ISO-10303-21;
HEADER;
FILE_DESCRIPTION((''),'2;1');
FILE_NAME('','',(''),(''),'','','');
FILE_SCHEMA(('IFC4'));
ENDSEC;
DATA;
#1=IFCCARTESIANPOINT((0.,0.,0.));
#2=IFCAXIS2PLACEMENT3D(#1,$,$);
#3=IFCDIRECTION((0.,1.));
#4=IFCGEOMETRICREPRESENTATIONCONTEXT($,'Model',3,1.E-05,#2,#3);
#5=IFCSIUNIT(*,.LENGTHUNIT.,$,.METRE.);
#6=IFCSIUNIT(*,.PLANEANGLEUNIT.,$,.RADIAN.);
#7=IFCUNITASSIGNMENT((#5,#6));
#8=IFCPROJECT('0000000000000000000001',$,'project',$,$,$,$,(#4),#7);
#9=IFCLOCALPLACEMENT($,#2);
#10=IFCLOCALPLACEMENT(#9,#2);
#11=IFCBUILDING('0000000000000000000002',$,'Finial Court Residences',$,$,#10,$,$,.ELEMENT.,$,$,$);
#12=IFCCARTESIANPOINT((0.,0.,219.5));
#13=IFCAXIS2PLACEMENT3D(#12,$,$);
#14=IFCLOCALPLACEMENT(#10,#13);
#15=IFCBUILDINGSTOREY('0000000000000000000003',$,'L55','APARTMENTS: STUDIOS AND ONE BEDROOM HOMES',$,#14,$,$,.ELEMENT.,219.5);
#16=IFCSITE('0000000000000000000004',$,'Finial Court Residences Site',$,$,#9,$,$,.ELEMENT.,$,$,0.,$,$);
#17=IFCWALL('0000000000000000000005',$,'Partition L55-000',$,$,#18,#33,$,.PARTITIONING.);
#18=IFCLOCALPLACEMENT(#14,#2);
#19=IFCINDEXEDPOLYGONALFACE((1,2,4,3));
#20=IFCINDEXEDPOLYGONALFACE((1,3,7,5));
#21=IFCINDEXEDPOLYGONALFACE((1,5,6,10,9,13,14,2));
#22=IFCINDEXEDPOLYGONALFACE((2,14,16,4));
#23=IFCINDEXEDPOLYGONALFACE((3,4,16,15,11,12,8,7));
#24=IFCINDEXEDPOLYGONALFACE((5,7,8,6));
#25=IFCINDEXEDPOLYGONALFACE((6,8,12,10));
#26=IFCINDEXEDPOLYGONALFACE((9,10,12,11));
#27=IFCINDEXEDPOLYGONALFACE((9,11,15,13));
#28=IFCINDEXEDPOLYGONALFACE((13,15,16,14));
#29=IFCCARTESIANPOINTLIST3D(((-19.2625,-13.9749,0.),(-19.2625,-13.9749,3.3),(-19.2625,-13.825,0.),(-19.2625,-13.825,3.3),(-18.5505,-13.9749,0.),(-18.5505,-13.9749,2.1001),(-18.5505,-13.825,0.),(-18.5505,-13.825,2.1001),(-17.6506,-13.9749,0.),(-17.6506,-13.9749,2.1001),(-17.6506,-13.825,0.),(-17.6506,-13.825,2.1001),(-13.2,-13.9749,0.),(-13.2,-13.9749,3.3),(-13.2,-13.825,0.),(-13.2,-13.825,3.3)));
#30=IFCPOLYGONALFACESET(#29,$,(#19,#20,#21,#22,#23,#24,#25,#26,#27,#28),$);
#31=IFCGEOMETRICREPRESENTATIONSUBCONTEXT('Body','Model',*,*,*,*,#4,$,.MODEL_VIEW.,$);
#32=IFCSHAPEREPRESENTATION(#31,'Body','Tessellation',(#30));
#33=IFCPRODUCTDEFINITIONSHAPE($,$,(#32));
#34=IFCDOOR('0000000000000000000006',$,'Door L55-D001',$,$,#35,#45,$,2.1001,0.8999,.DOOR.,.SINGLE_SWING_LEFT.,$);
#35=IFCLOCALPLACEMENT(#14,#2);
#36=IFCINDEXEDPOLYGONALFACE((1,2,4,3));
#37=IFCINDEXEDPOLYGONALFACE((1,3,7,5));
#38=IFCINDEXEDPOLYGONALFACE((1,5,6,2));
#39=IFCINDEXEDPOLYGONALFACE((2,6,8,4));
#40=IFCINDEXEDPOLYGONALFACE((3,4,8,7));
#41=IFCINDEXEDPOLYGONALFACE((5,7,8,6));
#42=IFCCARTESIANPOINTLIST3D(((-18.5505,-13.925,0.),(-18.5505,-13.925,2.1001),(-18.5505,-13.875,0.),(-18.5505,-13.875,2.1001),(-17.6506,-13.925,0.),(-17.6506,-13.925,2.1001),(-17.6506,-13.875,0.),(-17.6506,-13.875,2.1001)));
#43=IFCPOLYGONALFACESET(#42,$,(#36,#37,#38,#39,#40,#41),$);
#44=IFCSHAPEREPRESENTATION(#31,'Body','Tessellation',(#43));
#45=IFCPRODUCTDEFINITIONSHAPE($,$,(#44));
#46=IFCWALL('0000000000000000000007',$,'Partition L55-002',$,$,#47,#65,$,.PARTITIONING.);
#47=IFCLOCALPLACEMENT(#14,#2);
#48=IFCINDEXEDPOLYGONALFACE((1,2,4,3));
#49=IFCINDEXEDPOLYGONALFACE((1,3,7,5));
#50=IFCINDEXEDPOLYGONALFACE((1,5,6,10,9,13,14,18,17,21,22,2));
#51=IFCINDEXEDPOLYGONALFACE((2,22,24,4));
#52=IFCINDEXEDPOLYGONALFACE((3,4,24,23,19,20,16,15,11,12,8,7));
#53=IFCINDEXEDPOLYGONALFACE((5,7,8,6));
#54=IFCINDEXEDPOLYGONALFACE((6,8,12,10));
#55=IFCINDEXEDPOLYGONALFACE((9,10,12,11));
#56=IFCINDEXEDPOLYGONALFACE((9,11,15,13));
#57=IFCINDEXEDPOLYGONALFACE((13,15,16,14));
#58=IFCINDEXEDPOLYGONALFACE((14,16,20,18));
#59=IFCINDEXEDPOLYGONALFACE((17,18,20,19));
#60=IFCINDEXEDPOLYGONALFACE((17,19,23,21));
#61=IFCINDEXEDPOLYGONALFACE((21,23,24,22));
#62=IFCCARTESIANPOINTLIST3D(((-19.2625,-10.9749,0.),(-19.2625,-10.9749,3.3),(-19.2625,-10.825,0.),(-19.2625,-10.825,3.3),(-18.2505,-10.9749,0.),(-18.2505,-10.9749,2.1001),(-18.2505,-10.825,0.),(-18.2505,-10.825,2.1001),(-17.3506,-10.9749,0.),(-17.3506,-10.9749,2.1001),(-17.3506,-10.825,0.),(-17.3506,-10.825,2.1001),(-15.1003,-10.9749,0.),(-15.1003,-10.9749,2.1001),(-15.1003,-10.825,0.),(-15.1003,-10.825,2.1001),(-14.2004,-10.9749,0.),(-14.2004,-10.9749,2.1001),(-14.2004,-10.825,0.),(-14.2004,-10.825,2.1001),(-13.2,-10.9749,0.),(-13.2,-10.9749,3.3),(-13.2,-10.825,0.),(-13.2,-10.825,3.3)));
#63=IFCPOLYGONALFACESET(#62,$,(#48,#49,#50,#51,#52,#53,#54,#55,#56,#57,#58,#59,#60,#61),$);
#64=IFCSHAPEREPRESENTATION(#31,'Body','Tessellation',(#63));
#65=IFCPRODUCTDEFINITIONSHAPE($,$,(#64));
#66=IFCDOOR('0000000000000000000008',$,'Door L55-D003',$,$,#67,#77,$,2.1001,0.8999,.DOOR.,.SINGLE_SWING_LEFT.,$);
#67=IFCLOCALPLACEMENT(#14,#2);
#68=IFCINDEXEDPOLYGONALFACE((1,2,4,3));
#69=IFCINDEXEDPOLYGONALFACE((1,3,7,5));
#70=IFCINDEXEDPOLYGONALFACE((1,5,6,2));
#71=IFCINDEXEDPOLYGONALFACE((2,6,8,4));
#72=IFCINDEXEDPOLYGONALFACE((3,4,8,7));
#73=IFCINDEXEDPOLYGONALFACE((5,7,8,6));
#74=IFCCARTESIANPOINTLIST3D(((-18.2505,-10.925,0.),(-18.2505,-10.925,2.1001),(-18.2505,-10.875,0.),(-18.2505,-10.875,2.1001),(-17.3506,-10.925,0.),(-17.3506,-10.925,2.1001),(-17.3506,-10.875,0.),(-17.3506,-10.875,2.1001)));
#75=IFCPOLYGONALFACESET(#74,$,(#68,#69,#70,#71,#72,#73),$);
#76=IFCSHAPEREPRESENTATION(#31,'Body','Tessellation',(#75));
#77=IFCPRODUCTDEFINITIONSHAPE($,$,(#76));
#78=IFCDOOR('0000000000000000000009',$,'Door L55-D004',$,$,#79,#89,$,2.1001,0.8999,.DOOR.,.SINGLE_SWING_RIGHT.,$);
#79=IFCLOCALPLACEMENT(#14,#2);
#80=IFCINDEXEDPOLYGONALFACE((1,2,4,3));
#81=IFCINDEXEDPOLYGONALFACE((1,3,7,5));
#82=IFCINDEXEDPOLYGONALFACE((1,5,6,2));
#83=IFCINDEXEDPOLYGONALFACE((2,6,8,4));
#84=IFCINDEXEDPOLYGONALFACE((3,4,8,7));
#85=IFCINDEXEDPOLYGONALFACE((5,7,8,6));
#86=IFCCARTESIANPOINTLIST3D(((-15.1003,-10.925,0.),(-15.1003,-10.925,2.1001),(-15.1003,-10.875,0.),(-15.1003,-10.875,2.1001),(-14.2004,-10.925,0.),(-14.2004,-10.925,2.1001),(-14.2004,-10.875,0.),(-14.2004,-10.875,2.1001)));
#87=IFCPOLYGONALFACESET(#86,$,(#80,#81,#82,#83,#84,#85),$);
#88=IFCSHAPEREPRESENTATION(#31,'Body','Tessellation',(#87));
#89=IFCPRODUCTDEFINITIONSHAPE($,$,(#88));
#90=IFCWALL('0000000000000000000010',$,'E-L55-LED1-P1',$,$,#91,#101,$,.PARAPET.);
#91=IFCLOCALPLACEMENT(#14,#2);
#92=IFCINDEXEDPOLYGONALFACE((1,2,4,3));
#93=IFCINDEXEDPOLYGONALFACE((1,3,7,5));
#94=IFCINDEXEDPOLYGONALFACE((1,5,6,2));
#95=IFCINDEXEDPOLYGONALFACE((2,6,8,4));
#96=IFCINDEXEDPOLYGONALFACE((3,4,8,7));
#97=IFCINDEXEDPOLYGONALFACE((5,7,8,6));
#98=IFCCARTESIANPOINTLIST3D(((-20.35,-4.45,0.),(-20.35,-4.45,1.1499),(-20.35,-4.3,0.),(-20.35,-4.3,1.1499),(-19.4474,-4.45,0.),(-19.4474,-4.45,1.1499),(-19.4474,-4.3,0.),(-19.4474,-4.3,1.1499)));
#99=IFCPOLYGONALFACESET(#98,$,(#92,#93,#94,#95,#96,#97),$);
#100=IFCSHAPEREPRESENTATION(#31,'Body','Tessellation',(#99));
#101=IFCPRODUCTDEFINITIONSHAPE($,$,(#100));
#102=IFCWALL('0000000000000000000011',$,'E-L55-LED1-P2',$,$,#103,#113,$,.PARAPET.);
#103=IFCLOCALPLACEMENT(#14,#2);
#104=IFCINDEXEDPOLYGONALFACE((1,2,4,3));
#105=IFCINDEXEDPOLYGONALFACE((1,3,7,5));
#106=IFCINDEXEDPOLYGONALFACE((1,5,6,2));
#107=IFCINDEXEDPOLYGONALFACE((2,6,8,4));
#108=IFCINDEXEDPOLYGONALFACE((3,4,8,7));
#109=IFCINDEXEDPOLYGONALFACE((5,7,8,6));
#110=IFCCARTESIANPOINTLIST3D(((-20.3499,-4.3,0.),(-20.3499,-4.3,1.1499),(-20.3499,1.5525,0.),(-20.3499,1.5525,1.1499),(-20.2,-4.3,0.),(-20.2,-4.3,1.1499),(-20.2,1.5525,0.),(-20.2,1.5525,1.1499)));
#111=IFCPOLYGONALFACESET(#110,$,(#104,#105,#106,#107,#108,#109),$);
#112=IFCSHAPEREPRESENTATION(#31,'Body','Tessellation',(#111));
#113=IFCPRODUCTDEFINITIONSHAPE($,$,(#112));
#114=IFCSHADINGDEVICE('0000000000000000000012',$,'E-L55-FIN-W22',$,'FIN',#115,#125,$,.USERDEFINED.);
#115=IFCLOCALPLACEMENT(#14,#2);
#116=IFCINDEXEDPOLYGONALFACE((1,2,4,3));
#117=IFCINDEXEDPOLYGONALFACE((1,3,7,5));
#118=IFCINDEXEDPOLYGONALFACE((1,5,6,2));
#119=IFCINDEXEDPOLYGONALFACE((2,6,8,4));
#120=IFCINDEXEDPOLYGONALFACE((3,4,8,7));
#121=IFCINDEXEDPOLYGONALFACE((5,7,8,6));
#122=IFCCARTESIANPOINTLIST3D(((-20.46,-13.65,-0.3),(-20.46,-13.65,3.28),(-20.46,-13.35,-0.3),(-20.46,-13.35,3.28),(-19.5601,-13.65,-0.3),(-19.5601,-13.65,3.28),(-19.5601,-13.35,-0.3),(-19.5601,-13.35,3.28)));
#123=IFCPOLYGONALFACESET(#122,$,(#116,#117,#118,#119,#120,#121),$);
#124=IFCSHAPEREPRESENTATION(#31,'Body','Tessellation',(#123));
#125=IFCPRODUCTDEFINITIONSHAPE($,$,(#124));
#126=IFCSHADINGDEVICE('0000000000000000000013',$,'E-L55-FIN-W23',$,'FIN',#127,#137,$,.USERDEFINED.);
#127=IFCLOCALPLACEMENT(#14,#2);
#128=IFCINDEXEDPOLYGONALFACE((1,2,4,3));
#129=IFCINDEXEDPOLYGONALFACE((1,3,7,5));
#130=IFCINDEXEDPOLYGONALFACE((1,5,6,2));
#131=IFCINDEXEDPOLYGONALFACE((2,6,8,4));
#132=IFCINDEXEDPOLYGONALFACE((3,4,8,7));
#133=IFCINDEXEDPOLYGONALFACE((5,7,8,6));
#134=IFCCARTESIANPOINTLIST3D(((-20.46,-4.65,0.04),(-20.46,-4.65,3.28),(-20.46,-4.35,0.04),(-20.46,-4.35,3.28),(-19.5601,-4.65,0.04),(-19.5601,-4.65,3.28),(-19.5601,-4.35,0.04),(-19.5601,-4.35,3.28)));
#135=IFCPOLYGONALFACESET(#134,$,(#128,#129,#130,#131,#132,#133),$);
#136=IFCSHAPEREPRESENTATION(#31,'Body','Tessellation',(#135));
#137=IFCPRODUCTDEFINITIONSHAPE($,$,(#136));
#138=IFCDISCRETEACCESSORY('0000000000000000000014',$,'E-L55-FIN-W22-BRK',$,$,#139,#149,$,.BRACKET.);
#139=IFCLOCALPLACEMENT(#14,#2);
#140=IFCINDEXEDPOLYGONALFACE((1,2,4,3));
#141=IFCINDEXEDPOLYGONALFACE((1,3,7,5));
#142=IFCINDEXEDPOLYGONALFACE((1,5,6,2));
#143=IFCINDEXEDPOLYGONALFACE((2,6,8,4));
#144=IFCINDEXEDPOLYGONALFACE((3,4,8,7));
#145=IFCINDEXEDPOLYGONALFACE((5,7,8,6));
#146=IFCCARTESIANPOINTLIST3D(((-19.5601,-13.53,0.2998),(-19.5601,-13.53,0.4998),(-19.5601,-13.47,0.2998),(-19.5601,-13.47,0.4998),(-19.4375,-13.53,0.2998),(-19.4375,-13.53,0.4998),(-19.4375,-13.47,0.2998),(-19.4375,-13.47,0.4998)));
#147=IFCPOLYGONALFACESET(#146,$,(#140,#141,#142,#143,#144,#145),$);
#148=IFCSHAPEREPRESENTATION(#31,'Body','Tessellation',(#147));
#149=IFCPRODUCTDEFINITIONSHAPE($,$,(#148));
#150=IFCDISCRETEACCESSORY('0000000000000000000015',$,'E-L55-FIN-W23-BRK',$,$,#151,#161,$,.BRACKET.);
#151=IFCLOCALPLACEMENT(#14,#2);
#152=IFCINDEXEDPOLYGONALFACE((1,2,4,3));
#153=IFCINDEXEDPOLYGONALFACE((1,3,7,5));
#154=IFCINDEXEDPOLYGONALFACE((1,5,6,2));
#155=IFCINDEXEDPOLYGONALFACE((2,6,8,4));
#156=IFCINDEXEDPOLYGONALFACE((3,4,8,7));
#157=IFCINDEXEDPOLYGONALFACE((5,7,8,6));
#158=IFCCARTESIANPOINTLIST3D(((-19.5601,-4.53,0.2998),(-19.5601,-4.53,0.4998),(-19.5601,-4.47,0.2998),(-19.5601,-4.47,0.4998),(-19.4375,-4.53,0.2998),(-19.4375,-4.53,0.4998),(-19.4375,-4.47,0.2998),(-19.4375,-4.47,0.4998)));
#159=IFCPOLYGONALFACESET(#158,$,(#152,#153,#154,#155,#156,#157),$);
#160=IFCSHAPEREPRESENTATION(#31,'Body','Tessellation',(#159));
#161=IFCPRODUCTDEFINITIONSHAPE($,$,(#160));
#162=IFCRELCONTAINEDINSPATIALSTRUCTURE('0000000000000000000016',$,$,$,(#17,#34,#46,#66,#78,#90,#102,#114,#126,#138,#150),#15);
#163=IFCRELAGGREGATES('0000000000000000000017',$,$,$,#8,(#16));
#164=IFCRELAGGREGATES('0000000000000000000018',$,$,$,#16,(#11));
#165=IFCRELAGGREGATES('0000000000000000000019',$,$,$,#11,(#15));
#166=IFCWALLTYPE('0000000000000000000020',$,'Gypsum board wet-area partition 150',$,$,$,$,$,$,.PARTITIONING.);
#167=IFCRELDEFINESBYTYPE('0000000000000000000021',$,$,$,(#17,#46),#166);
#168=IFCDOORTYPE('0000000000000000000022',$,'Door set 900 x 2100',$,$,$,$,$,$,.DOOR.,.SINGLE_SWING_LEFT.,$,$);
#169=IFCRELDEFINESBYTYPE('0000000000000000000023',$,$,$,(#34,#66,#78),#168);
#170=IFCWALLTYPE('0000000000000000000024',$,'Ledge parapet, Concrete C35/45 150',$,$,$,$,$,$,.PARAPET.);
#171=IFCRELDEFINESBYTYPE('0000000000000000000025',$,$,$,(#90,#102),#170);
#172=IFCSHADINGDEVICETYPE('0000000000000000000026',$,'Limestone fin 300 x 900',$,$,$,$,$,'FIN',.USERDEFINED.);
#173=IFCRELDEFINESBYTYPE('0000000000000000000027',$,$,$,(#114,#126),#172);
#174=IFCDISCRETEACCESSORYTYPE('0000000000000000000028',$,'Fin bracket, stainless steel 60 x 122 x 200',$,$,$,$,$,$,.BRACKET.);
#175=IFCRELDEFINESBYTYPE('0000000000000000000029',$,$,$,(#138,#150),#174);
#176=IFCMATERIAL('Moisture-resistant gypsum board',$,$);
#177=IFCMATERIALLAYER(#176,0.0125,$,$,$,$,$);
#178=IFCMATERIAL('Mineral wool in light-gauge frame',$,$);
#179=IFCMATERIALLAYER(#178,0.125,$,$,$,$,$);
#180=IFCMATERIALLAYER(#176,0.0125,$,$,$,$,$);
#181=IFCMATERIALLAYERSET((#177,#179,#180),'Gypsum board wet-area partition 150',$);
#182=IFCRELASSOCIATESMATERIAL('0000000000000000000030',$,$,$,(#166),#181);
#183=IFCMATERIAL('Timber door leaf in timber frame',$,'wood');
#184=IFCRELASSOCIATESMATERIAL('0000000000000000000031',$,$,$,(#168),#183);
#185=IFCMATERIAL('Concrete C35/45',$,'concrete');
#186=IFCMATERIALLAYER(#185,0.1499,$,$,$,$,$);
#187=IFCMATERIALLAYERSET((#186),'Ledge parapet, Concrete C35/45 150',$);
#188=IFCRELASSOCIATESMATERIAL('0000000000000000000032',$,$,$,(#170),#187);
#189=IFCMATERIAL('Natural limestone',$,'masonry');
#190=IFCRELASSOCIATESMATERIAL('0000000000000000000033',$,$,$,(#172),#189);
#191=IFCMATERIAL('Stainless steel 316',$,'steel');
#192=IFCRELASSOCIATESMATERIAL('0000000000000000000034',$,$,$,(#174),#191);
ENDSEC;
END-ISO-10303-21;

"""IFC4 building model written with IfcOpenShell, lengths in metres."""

from ifc_helpers import new_model, si_unit, direction, frame, frame_2d, origin, origin_2d, place, context, subcontext, project, spatial, rectangle, extrude, material, layer, layer_set, type_object, element, fill, save


model = new_model("IFC4")

# Units and contexts
model_context = context("Model", 3, precision=1e-05, world=origin(), true_north=direction((0.0, 1.0)))
body_context = subcontext(model_context, "Body", "Model", "MODEL_VIEW")
ifc_project = project(units=[si_unit("LENGTHUNIT", "METRE"), si_unit("PLANEANGLEUNIT", "RADIAN")], contexts=[model_context])

# Site, building, storey
site_placement = place(None, origin())
site = spatial("IfcSite", under=ifc_project, at=site_placement, Name="Finial Court Residences Site", CompositionType="ELEMENT", RefElevation=0.0)
building_placement = place(site_placement, origin())
building = spatial("IfcBuilding", under=site, at=building_placement, Name="Finial Court Residences", CompositionType="ELEMENT")
storey_placement = place(building_placement, frame((0.0, 0.0, 219.5)))
storey = spatial("IfcBuildingStorey", under=building, at=storey_placement, Name="L55", Description="APARTMENTS: STUDIOS AND ONE BEDROOM HOMES", CompositionType="ELEMENT", Elevation=219.5)

# Wall, opening, door
ifc_material_1 = material(Name="Moisture-resistant gypsum board")
ifc_layer_1 = layer(ifc_material_1, 0.0125)
ifc_material_2 = material(Name="Mineral wool in light-gauge frame")
ifc_layer_2 = layer(ifc_material_2, 0.125)
ifc_layer_3 = layer(ifc_material_1, 0.0125)
ifc_layer_set_1 = layer_set([ifc_layer_1, ifc_layer_2, ifc_layer_3], Name="Gypsum board wet-area partition 150")
wall_type_1 = type_object("IfcWallType", Name="Gypsum board wet-area partition 150", PredefinedType="PARTITIONING", material=ifc_layer_set_1)
wall_1_placement = place(storey_placement, frame((-19.2625, -13.8999, 0.0), z_axis=(0.0, 0.0, 1.0), x_axis=(1.0, 0.0, 0.0)))
wall_1 = element("IfcWall", 1, at=wall_1_placement, inside=storey, type_object=wall_type_1, Name="Partition L55-000", PredefinedType="PARTITIONING", context=body_context, shape_type="SweptSolid", body=[
    extrude(rectangle(XDim=6.0625, YDim=0.1499, at=frame_2d((3.0312, 0.0))), origin(), (0.0, 0.0, 1.0), 3.3),
])
opening_1_placement = place(wall_1_placement, frame((0.7119, 0.0, 0.0)))
opening_1 = element("IfcOpeningElement", 2, at=opening_1_placement, cuts=wall_1, PredefinedType="OPENING", context=body_context, shape_type="SweptSolid", body=[
    extrude(rectangle(XDim=0.8999, YDim=2.1001, at=frame_2d((0.45, 1.05))), frame((0.0, 0.085, 0.0), z_axis=(0.0, -1.0, 0.0), x_axis=(1.0, 0.0, 0.0)), (0.0, 0.0, 1.0), 0.1699),
])
ifc_material_3 = material(Name="Timber door leaf in timber frame", Category="wood")
door_type_1 = type_object("IfcDoorType", Name="Door set 900 x 2100", OperationType="SINGLE_SWING_LEFT", PredefinedType="DOOR", material=ifc_material_3)
door_1_placement = place(opening_1_placement, origin())
door_1 = element("IfcDoor", 3, at=door_1_placement, inside=storey, type_object=door_type_1, Name="Door L55-D001", OperationType="SINGLE_SWING_LEFT", OverallHeight=2.1001, OverallWidth=0.8999, PredefinedType="DOOR", context=body_context, shape_type="SweptSolid", body=[
    extrude(rectangle(XDim=0.8999, YDim=2.1001, at=frame_2d((0.45, 1.05))), frame((0.0, 0.0249, 0.0), z_axis=(0.0, -1.0, 0.0), x_axis=(1.0, 0.0, 0.0)), (0.0, 0.0, 1.0), 0.05),
])
fill(opening_1, door_1)

# Wall, openings, doors
wall_2_placement = place(storey_placement, frame((-19.2625, -10.8999, 0.0), z_axis=(0.0, 0.0, 1.0), x_axis=(1.0, 0.0, 0.0)))
wall_2 = element("IfcWall", 4, at=wall_2_placement, inside=storey, type_object=wall_type_1, Name="Partition L55-002", PredefinedType="PARTITIONING", context=body_context, shape_type="SweptSolid", body=[
    extrude(rectangle(XDim=6.0625, YDim=0.1499, at=frame_2d((3.0312, 0.0))), origin(), (0.0, 0.0, 1.0), 3.3),
])
opening_2_placement = place(wall_2_placement, frame((1.012, 0.0, 0.0)))
opening_2 = element("IfcOpeningElement", 5, at=opening_2_placement, cuts=wall_2, PredefinedType="OPENING", context=body_context, shape_type="SweptSolid", body=[
    extrude(rectangle(XDim=0.8999, YDim=2.1001, at=frame_2d((0.45, 1.05))), frame((0.0, 0.085, 0.0), z_axis=(0.0, -1.0, 0.0), x_axis=(1.0, 0.0, 0.0)), (0.0, 0.0, 1.0), 0.1699),
])
opening_3_placement = place(wall_2_placement, frame((4.1621, 0.0, 0.0)))
opening_3 = element("IfcOpeningElement", 6, at=opening_3_placement, cuts=wall_2, PredefinedType="OPENING", context=body_context, shape_type="SweptSolid", body=[
    extrude(rectangle(XDim=0.8999, YDim=2.1001, at=frame_2d((0.45, 1.05))), frame((0.0, 0.085, 0.0), z_axis=(0.0, -1.0, 0.0), x_axis=(1.0, 0.0, 0.0)), (0.0, 0.0, 1.0), 0.1699),
])
door_2_placement = place(opening_2_placement, origin())
door_2 = element("IfcDoor", 7, at=door_2_placement, inside=storey, type_object=door_type_1, Name="Door L55-D003", OperationType="SINGLE_SWING_LEFT", OverallHeight=2.1001, OverallWidth=0.8999, PredefinedType="DOOR", context=body_context, shape_type="SweptSolid", body=[
    extrude(rectangle(XDim=0.8999, YDim=2.1001, at=frame_2d((0.45, 1.05))), frame((0.0, 0.0249, 0.0), z_axis=(0.0, -1.0, 0.0), x_axis=(1.0, 0.0, 0.0)), (0.0, 0.0, 1.0), 0.05),
])
fill(opening_2, door_2)
door_3_placement = place(opening_3_placement, origin())
door_3 = element("IfcDoor", 8, at=door_3_placement, inside=storey, type_object=door_type_1, Name="Door L55-D004", OperationType="SINGLE_SWING_RIGHT", OverallHeight=2.1001, OverallWidth=0.8999, PredefinedType="DOOR", context=body_context, shape_type="SweptSolid", body=[
    extrude(rectangle(XDim=0.8999, YDim=2.1001, at=frame_2d((0.45, 1.05))), frame((0.0, 0.0249, 0.0), z_axis=(0.0, -1.0, 0.0), x_axis=(1.0, 0.0, 0.0)), (0.0, 0.0, 1.0), 0.05),
])
fill(opening_3, door_3)

# Walls
ifc_material_4 = material(Name="Concrete C35/45", Category="concrete")
ifc_layer_4 = layer(ifc_material_4, 0.1499)
ifc_layer_set_2 = layer_set([ifc_layer_4], Name="Ledge parapet, Concrete C35/45 150")
wall_type_2 = type_object("IfcWallType", Name="Ledge parapet, Concrete C35/45 150", PredefinedType="PARAPET", material=ifc_layer_set_2)
wall_3_placement = place(storey_placement, frame((-19.4475, -4.375, 0.0), z_axis=(0.0, 0.0, 1.0), x_axis=(-1.0, 0.0, 0.0)))
element("IfcWall", 9, at=wall_3_placement, inside=storey, type_object=wall_type_2, Name="E-L55-LED1-P1", PredefinedType="PARAPET", context=body_context, shape_type="SweptSolid", body=[
    extrude(rectangle(XDim=0.9026, YDim=0.1499, at=frame_2d((0.4512, 0.0))), origin(), (0.0, 0.0, 1.0), 1.1499),
])
wall_4_placement = place(storey_placement, frame((-20.2749, -4.3, 0.0), z_axis=(0.0, 0.0, 1.0), x_axis=(0.0, 1.0, 0.0)))
element("IfcWall", 10, at=wall_4_placement, inside=storey, type_object=wall_type_2, Name="E-L55-LED1-P2", PredefinedType="PARAPET", context=body_context, shape_type="SweptSolid", body=[
    extrude(rectangle(XDim=5.8525, YDim=0.1499, at=frame_2d((2.9263, 0.0))), origin(), (0.0, 0.0, 1.0), 1.1499),
])

# Shading devices
ifc_material_5 = material(Name="Natural limestone", Category="masonry")
shading_device_type = type_object("IfcShadingDeviceType", Name="Limestone fin 300 x 900", ElementType="FIN", PredefinedType="USERDEFINED", material=ifc_material_5)
shading_device_1_placement = place(storey_placement, frame((-20.01, -13.5, -0.3), z_axis=(0.0, 0.0, 1.0), x_axis=(1.0, 0.0, 0.0)))
element("IfcShadingDevice", 11, at=shading_device_1_placement, inside=storey, type_object=shading_device_type, Name="E-L55-FIN-W22", ObjectType="FIN", PredefinedType="USERDEFINED", context=body_context, shape_type="SweptSolid", body=[
    extrude(rectangle(XDim=0.8999, YDim=0.3, at=origin_2d()), origin(), (0.0, 0.0, 1.0), 3.5801),
])
shading_device_2_placement = place(storey_placement, frame((-20.01, -4.5, 0.04), z_axis=(0.0, 0.0, 1.0), x_axis=(1.0, 0.0, 0.0)))
element("IfcShadingDevice", 12, at=shading_device_2_placement, inside=storey, type_object=shading_device_type, Name="E-L55-FIN-W23", ObjectType="FIN", PredefinedType="USERDEFINED", context=body_context, shape_type="SweptSolid", body=[
    extrude(rectangle(XDim=0.8999, YDim=0.3, at=origin_2d()), origin(), (0.0, 0.0, 1.0), 3.24),
])

# Discrete accessories
ifc_material_6 = material(Name="Stainless steel 316", Category="steel")
discrete_accessory_type = type_object("IfcDiscreteAccessoryType", Name="Fin bracket, stainless steel 60 x 122 x 200", PredefinedType="BRACKET", material=ifc_material_6)
for number, where, z_axis, x_axis, name in (
    (13, (-19.4988, -13.5, 0.2998), (0.0, 0.0, 1.0), (1.0, 0.0, 0.0), "E-L55-FIN-W22-BRK"),
    (14, (-19.4988, -4.5, 0.2998), (0.0, 0.0, 1.0), (1.0, 0.0, 0.0), "E-L55-FIN-W23-BRK"),
):
    element("IfcDiscreteAccessory", number, at=place(storey_placement, frame(where, z_axis=z_axis, x_axis=x_axis)), inside=storey, type_object=discrete_accessory_type, Name=name, PredefinedType="BRACKET", context=body_context, shape_type="SweptSolid", body=[
        extrude(rectangle(XDim=0.1226, YDim=0.0601, at=origin_2d()), origin(), (0.0, 0.0, 1.0), 0.2),
    ])

save(model, "model.ifc")
